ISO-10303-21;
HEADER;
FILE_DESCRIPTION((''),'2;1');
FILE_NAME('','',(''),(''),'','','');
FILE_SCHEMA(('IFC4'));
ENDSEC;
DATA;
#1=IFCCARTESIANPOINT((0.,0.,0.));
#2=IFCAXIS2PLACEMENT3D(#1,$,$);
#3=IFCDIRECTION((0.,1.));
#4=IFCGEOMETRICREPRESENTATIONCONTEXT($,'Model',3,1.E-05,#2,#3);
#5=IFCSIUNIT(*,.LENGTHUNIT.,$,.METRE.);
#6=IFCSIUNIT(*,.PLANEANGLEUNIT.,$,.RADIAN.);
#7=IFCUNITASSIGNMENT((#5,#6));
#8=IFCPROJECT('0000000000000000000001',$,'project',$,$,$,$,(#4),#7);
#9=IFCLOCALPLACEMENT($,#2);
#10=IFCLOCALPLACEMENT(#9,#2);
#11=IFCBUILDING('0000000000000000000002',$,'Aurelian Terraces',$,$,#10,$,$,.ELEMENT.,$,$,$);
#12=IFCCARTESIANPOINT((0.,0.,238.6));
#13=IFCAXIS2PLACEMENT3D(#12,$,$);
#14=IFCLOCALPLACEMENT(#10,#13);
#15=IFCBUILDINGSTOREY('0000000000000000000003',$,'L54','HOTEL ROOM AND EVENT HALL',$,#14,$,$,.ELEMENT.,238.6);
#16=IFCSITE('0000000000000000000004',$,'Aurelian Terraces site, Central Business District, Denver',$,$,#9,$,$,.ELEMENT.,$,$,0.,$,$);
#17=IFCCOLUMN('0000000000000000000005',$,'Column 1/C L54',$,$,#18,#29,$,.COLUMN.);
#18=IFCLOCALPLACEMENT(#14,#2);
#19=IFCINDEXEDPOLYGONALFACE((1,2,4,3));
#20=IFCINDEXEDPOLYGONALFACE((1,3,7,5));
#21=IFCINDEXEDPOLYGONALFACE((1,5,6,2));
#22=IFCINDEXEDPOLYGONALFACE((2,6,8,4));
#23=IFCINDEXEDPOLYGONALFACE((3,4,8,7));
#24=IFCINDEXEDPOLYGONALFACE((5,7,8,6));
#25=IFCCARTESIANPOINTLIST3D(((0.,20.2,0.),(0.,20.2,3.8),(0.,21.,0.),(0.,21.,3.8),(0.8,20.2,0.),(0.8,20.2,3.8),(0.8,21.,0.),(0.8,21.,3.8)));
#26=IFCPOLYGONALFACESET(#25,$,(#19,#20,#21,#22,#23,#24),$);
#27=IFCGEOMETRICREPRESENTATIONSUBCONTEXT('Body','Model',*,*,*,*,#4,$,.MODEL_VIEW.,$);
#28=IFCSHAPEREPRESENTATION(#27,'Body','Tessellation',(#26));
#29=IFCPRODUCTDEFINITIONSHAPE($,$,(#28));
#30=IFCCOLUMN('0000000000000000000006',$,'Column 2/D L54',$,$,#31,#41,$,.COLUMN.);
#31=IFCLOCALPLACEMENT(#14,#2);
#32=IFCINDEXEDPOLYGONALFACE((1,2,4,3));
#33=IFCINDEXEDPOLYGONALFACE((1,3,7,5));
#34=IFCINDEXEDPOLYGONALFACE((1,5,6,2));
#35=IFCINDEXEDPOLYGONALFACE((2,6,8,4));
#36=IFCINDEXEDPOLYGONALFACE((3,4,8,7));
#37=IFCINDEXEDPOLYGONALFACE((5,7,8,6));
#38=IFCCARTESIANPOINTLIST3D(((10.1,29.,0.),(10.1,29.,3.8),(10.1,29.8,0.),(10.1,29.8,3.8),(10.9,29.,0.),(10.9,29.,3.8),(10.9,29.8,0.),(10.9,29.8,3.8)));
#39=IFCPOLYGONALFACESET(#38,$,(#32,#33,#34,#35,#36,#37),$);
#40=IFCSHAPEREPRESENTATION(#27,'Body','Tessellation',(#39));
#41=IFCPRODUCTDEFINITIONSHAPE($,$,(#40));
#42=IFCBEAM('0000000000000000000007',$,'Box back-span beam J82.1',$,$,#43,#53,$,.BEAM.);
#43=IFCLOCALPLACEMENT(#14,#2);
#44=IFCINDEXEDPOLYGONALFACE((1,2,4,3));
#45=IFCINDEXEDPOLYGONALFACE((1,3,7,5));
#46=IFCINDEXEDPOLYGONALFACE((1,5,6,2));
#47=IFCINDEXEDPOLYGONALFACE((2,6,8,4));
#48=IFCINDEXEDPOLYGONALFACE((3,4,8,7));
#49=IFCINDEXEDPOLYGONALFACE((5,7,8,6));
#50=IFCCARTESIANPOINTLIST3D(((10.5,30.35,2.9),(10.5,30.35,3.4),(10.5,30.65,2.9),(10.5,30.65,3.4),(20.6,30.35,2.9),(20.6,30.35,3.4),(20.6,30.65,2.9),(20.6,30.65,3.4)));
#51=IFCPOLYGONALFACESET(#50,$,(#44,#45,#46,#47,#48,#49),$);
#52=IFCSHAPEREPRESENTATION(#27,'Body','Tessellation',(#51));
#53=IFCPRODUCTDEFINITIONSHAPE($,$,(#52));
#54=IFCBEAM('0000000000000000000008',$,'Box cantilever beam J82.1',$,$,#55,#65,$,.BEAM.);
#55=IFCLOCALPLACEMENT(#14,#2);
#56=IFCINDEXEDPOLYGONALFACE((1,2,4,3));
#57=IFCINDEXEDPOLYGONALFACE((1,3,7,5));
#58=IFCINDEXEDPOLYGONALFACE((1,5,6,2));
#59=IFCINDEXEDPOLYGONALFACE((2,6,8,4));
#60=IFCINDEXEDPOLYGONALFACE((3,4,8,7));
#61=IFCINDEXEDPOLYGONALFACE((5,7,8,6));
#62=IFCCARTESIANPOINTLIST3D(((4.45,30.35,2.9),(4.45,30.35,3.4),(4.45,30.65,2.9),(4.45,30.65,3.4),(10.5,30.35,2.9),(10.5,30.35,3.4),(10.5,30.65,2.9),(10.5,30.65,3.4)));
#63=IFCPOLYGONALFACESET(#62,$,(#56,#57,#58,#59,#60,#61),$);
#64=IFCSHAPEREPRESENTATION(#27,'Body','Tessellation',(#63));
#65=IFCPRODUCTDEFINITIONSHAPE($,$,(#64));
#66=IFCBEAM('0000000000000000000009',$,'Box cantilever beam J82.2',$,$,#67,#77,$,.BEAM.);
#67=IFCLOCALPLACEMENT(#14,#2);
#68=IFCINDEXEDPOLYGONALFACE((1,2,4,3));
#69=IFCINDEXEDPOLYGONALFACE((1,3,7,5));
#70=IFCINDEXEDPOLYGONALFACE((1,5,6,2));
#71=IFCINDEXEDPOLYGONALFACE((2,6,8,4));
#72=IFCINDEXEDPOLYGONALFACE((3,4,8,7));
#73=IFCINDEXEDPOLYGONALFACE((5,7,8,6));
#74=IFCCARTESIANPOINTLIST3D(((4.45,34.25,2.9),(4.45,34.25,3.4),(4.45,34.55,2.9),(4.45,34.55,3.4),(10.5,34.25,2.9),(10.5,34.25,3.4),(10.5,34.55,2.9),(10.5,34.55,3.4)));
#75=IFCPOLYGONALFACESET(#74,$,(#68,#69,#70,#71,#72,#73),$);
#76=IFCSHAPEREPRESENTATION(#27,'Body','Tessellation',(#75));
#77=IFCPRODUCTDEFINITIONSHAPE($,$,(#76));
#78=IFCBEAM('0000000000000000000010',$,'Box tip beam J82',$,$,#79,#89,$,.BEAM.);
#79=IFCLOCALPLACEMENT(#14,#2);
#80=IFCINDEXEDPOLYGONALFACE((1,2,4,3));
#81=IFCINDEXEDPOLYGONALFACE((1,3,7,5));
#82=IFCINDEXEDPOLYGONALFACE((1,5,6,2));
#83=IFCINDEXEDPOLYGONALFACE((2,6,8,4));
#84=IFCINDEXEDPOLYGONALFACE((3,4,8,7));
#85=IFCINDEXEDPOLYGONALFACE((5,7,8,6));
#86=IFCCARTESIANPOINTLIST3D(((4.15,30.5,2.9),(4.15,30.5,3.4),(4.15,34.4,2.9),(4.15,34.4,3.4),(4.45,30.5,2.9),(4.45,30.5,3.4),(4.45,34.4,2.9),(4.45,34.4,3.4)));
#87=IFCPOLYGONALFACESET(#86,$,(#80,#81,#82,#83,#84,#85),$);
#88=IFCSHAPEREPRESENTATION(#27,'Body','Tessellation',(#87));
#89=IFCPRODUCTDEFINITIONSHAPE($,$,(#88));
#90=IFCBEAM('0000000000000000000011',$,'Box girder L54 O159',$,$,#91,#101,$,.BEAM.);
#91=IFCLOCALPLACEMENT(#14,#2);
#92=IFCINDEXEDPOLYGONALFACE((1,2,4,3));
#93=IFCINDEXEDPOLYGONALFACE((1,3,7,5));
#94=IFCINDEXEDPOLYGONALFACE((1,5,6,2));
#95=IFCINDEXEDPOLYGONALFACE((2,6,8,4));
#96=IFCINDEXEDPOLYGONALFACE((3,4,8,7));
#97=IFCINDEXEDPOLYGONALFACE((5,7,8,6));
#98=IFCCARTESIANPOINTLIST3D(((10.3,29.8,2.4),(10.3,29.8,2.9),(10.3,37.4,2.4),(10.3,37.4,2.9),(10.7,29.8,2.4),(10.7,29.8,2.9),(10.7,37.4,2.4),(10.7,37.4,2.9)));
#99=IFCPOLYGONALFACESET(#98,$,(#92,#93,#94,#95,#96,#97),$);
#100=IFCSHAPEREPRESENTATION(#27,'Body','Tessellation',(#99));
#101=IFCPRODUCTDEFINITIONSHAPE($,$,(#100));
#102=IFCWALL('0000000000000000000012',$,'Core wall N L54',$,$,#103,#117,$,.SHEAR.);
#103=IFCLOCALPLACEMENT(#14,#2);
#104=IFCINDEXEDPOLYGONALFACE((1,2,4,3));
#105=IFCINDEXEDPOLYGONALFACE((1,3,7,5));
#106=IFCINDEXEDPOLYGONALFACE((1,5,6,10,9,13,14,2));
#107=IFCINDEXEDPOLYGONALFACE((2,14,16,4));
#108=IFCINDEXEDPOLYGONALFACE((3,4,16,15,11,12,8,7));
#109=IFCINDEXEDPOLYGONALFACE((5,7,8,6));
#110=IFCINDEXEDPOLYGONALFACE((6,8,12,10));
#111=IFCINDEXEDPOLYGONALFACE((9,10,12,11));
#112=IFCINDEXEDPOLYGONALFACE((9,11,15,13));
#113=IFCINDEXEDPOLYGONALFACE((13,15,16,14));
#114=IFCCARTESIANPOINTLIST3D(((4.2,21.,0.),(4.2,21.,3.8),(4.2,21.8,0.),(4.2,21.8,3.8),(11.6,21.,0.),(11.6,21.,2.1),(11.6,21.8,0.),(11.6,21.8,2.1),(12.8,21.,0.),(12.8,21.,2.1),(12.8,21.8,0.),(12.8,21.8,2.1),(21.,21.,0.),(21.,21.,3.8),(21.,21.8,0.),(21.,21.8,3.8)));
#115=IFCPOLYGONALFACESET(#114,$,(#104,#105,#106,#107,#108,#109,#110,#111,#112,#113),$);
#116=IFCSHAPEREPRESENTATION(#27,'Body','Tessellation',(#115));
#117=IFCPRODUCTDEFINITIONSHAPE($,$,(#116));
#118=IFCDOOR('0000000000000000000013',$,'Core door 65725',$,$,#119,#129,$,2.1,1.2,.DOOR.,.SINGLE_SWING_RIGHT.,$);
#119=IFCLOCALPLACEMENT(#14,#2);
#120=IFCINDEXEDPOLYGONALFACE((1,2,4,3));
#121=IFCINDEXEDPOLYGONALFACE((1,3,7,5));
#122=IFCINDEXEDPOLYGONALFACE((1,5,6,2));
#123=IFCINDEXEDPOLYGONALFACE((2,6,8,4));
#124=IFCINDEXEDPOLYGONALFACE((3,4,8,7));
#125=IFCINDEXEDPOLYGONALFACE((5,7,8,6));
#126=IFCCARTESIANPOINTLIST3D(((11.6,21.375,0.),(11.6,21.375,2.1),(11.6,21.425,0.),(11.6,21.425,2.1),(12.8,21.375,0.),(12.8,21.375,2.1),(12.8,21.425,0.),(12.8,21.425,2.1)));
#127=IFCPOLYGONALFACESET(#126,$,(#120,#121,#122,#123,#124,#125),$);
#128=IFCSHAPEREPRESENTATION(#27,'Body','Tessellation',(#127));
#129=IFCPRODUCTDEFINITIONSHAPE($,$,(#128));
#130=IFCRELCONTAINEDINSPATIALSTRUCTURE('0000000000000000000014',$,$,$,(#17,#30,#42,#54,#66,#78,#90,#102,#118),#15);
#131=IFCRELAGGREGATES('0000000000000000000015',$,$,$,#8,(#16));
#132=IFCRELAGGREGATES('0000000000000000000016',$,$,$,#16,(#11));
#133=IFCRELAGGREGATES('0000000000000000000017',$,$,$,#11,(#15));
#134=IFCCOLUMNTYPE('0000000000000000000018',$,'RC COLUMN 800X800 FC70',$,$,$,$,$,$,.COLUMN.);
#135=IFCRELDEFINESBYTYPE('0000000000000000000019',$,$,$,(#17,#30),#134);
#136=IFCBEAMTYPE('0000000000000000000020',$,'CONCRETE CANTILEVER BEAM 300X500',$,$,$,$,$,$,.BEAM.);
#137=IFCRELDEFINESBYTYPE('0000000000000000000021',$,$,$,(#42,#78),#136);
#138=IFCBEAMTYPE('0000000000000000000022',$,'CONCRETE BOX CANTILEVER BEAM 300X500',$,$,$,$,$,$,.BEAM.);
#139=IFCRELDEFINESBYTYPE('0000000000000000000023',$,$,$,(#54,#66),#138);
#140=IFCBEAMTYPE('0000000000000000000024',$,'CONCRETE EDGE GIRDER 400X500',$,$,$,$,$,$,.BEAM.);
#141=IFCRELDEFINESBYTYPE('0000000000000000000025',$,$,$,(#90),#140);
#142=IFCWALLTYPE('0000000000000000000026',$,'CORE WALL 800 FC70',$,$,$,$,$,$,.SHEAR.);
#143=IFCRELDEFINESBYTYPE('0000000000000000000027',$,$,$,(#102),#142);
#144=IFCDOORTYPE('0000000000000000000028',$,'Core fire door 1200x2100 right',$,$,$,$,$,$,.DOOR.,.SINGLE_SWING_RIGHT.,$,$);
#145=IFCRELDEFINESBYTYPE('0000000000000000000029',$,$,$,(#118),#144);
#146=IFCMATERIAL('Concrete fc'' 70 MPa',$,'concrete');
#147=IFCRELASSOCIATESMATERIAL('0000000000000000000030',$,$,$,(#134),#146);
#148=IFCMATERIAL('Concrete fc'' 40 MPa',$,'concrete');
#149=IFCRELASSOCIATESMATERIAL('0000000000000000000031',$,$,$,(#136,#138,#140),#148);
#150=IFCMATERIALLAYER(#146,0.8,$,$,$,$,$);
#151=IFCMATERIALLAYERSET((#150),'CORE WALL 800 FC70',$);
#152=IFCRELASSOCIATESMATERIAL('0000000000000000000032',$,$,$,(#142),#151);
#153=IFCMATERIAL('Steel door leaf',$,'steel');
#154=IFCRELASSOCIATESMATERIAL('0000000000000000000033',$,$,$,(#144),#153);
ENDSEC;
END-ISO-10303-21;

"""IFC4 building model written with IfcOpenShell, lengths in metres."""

from ifc_helpers import new_model, si_unit, direction, frame, frame_2d, origin, origin_2d, place, context, subcontext, project, spatial, rectangle, extrude, source, transform, mapped, material, layer, layer_set, material_profile, profile_set, type_object, element, fill, save


model = new_model("IFC4")

# Units and contexts
model_context = context("Model", 3, precision=1e-05, world=origin(), true_north=direction((0.0, 1.0)))
body_context = subcontext(model_context, "Body", "Model", "MODEL_VIEW")
ifc_project = project(units=[si_unit("LENGTHUNIT", "METRE"), si_unit("PLANEANGLEUNIT", "RADIAN")], contexts=[model_context])

# Site, building, storey
site_placement = place(None, origin())
site = spatial("IfcSite", under=ifc_project, at=site_placement, Name="Aurelian Terraces site, Central Business District, Denver", CompositionType="ELEMENT", RefElevation=0.0)
building_placement = place(site_placement, origin())
building = spatial("IfcBuilding", under=site, at=building_placement, Name="Aurelian Terraces", CompositionType="ELEMENT")
storey_placement = place(building_placement, frame((0.0, 0.0, 238.6)))
storey = spatial("IfcBuildingStorey", under=building, at=storey_placement, Name="L54", Description="HOTEL ROOM AND EVENT HALL", CompositionType="ELEMENT", Elevation=238.6)

# Columns
ifc_material_1 = material(Name="Concrete fc' 70 MPa", Category="concrete")
ifc_material_profile_1 = material_profile(ifc_material_1, rectangle(XDim=0.8, YDim=0.8, at=origin_2d()))
ifc_profile_set_1 = profile_set([ifc_material_profile_1], Name="Concrete fc' 70 MPa")
column_type = type_object("IfcColumnType", Name="RC COLUMN 800X800 FC70", PredefinedType="COLUMN", material=ifc_profile_set_1)
shared_shape_1 = source(origin(), body_context, "Body", "SweptSolid", [
    extrude(rectangle(XDim=0.8, YDim=0.8, at=origin_2d()), origin(), (0.0, 0.0, 1.0), 3.8),
])
for number, where, z_axis, x_axis, name in (
    (1, (0.4, 20.6, 0.0), (0.0, 0.0, 1.0), (1.0, 0.0, 0.0), "Column 1/C L54"),
    (2, (10.5, 29.4, 0.0), (0.0, 0.0, 1.0), (1.0, 0.0, 0.0), "Column 2/D L54"),
):
    element("IfcColumn", number, at=place(storey_placement, frame(where, z_axis=z_axis, x_axis=x_axis)), inside=storey, type_object=column_type, Name=name, PredefinedType="COLUMN", context=body_context, shape_type="MappedRepresentation", body=[
        mapped(shared_shape_1, transform((0.0, 0.0, 0.0), scale=1.0)),
    ])

# Beams
ifc_material_2 = material(Name="Concrete fc' 40 MPa", Category="concrete")
ifc_material_profile_2 = material_profile(ifc_material_2, rectangle(XDim=0.3, YDim=0.5, at=origin_2d()))
ifc_profile_set_2 = profile_set([ifc_material_profile_2], Name="Concrete fc' 40 MPa")
beam_type_1 = type_object("IfcBeamType", Name="CONCRETE CANTILEVER BEAM 300X500", PredefinedType="BEAM", material=ifc_profile_set_2)
beam_1_placement = place(storey_placement, frame((10.5, 30.5, 3.15), z_axis=(1.0, 0.0, 0.0), x_axis=(0.0, 1.0, 0.0)))
element("IfcBeam", 3, at=beam_1_placement, inside=storey, type_object=beam_type_1, Name="Box back-span beam J82.1", PredefinedType="BEAM", context=body_context, shape_type="SweptSolid", body=[
    extrude(rectangle(XDim=0.3, YDim=0.5, at=origin_2d()), origin(), (0.0, 0.0, 1.0), 10.1),
])
ifc_material_profile_3 = material_profile(ifc_material_2, rectangle(XDim=0.3, YDim=0.5, at=origin_2d()))
ifc_profile_set_3 = profile_set([ifc_material_profile_3], Name="Concrete fc' 40 MPa")
beam_type_2 = type_object("IfcBeamType", Name="CONCRETE BOX CANTILEVER BEAM 300X500", PredefinedType="BEAM", material=ifc_profile_set_3)
shared_shape_2 = source(origin(), body_context, "Body", "SweptSolid", [
    extrude(rectangle(XDim=0.3, YDim=0.5, at=origin_2d()), origin(), (0.0, 0.0, 1.0), 6.05),
])
for number, where, z_axis, x_axis, name in (
    (4, (4.45, 30.5, 3.15), (1.0, 0.0, 0.0), (0.0, 1.0, 0.0), "Box cantilever beam J82.1"),
    (5, (4.45, 34.4, 3.15), (1.0, 0.0, 0.0), (0.0, 1.0, 0.0), "Box cantilever beam J82.2"),
):
    element("IfcBeam", number, at=place(storey_placement, frame(where, z_axis=z_axis, x_axis=x_axis)), inside=storey, type_object=beam_type_2, Name=name, PredefinedType="BEAM", context=body_context, shape_type="MappedRepresentation", body=[
        mapped(shared_shape_2, transform((0.0, 0.0, 0.0), scale=1.0)),
    ])
shared_shape_3 = source(origin(), body_context, "Body", "SweptSolid", [
    extrude(rectangle(XDim=0.3, YDim=0.5, at=origin_2d()), origin(), (0.0, 0.0, 1.0), 3.9),
])
beam_2_placement = place(storey_placement, frame((4.3, 30.5, 3.15), z_axis=(0.0, 1.0, 0.0), x_axis=(-1.0, 0.0, 0.0)))
element("IfcBeam", 6, at=beam_2_placement, inside=storey, type_object=beam_type_1, Name="Box tip beam J82", PredefinedType="BEAM", context=body_context, shape_type="MappedRepresentation", body=[
    mapped(shared_shape_3, transform((0.0, 0.0, 0.0), scale=1.0)),
])
ifc_material_profile_4 = material_profile(ifc_material_2, rectangle(XDim=0.4, YDim=0.5, at=origin_2d()))
ifc_profile_set_4 = profile_set([ifc_material_profile_4], Name="Concrete fc' 40 MPa")
beam_type_3 = type_object("IfcBeamType", Name="CONCRETE EDGE GIRDER 400X500", PredefinedType="BEAM", material=ifc_profile_set_4)
shared_shape_4 = source(origin(), body_context, "Body", "SweptSolid", [
    extrude(rectangle(XDim=0.4, YDim=0.5, at=origin_2d()), origin(), (0.0, 0.0, 1.0), 7.6),
])
beam_3_placement = place(storey_placement, frame((10.5, 29.8, 2.65), z_axis=(0.0, 1.0, 0.0), x_axis=(-1.0, 0.0, 0.0)))
element("IfcBeam", 7, at=beam_3_placement, inside=storey, type_object=beam_type_3, Name="Box girder L54 O159", PredefinedType="BEAM", context=body_context, shape_type="MappedRepresentation", body=[
    mapped(shared_shape_4, transform((0.0, 0.0, 0.0), scale=1.0)),
])

# Wall, opening, door
ifc_layer_1 = layer(ifc_material_1, 0.8)
ifc_layer_set_1 = layer_set([ifc_layer_1], Name="CORE WALL 800 FC70")
wall_type_1 = type_object("IfcWallType", Name="CORE WALL 800 FC70", PredefinedType="SHEAR", material=ifc_layer_set_1)
shared_shape_5 = source(origin(), body_context, "Body", "SweptSolid", [
    extrude(rectangle(XDim=16.8, YDim=0.8, at=frame_2d((8.4, 0.0))), origin(), (0.0, 0.0, 1.0), 3.8),
])
wall_1_placement = place(storey_placement, frame((4.2, 21.4, 0.0), z_axis=(0.0, 0.0, 1.0), x_axis=(1.0, 0.0, 0.0)))
wall_1 = element("IfcWall", 8, at=wall_1_placement, inside=storey, type_object=wall_type_1, Name="Core wall N L54", PredefinedType="SHEAR", context=body_context, shape_type="MappedRepresentation", body=[
    mapped(shared_shape_5, transform((0.0, 0.0, 0.0), scale=1.0)),
])
shared_shape_6 = source(origin(), body_context, "Body", "SweptSolid", [
    extrude(rectangle(XDim=1.2, YDim=2.1, at=frame_2d((0.6, 1.05))), frame((0.0, 0.41, 0.0), z_axis=(0.0, -1.0, 0.0), x_axis=(1.0, 0.0, 0.0)), (0.0, 0.0, 1.0), 0.82),
])
opening_1_placement = place(wall_1_placement, frame((7.4, 0.0, 0.0)))
opening_1 = element("IfcOpeningElement", 9, at=opening_1_placement, cuts=wall_1, PredefinedType="OPENING", context=body_context, shape_type="MappedRepresentation", body=[
    mapped(shared_shape_6, transform((0.0, 0.0, 0.0), scale=1.0)),
])
ifc_material_3 = material(Name="Steel door leaf", Category="steel")
door_type_1 = type_object("IfcDoorType", Name="Core fire door 1200x2100 right", OperationType="SINGLE_SWING_RIGHT", PredefinedType="DOOR", material=ifc_material_3)
shared_shape_7 = source(origin(), body_context, "Body", "SweptSolid", [
    extrude(rectangle(XDim=1.2, YDim=2.1, at=frame_2d((0.6, 1.05))), frame((0.0, 0.025, 0.0), z_axis=(0.0, -1.0, 0.0), x_axis=(1.0, 0.0, 0.0)), (0.0, 0.0, 1.0), 0.05),
])
door_1_placement = place(opening_1_placement, origin())
door_1 = element("IfcDoor", 10, at=door_1_placement, inside=storey, type_object=door_type_1, Name="Core door 65725", OperationType="SINGLE_SWING_RIGHT", OverallHeight=2.1, OverallWidth=1.2, PredefinedType="DOOR", context=body_context, shape_type="MappedRepresentation", body=[
    mapped(shared_shape_7, transform((0.0, 0.0, 0.0), scale=1.0)),
])
fill(opening_1, door_1)

save(model, "model.ifc")
